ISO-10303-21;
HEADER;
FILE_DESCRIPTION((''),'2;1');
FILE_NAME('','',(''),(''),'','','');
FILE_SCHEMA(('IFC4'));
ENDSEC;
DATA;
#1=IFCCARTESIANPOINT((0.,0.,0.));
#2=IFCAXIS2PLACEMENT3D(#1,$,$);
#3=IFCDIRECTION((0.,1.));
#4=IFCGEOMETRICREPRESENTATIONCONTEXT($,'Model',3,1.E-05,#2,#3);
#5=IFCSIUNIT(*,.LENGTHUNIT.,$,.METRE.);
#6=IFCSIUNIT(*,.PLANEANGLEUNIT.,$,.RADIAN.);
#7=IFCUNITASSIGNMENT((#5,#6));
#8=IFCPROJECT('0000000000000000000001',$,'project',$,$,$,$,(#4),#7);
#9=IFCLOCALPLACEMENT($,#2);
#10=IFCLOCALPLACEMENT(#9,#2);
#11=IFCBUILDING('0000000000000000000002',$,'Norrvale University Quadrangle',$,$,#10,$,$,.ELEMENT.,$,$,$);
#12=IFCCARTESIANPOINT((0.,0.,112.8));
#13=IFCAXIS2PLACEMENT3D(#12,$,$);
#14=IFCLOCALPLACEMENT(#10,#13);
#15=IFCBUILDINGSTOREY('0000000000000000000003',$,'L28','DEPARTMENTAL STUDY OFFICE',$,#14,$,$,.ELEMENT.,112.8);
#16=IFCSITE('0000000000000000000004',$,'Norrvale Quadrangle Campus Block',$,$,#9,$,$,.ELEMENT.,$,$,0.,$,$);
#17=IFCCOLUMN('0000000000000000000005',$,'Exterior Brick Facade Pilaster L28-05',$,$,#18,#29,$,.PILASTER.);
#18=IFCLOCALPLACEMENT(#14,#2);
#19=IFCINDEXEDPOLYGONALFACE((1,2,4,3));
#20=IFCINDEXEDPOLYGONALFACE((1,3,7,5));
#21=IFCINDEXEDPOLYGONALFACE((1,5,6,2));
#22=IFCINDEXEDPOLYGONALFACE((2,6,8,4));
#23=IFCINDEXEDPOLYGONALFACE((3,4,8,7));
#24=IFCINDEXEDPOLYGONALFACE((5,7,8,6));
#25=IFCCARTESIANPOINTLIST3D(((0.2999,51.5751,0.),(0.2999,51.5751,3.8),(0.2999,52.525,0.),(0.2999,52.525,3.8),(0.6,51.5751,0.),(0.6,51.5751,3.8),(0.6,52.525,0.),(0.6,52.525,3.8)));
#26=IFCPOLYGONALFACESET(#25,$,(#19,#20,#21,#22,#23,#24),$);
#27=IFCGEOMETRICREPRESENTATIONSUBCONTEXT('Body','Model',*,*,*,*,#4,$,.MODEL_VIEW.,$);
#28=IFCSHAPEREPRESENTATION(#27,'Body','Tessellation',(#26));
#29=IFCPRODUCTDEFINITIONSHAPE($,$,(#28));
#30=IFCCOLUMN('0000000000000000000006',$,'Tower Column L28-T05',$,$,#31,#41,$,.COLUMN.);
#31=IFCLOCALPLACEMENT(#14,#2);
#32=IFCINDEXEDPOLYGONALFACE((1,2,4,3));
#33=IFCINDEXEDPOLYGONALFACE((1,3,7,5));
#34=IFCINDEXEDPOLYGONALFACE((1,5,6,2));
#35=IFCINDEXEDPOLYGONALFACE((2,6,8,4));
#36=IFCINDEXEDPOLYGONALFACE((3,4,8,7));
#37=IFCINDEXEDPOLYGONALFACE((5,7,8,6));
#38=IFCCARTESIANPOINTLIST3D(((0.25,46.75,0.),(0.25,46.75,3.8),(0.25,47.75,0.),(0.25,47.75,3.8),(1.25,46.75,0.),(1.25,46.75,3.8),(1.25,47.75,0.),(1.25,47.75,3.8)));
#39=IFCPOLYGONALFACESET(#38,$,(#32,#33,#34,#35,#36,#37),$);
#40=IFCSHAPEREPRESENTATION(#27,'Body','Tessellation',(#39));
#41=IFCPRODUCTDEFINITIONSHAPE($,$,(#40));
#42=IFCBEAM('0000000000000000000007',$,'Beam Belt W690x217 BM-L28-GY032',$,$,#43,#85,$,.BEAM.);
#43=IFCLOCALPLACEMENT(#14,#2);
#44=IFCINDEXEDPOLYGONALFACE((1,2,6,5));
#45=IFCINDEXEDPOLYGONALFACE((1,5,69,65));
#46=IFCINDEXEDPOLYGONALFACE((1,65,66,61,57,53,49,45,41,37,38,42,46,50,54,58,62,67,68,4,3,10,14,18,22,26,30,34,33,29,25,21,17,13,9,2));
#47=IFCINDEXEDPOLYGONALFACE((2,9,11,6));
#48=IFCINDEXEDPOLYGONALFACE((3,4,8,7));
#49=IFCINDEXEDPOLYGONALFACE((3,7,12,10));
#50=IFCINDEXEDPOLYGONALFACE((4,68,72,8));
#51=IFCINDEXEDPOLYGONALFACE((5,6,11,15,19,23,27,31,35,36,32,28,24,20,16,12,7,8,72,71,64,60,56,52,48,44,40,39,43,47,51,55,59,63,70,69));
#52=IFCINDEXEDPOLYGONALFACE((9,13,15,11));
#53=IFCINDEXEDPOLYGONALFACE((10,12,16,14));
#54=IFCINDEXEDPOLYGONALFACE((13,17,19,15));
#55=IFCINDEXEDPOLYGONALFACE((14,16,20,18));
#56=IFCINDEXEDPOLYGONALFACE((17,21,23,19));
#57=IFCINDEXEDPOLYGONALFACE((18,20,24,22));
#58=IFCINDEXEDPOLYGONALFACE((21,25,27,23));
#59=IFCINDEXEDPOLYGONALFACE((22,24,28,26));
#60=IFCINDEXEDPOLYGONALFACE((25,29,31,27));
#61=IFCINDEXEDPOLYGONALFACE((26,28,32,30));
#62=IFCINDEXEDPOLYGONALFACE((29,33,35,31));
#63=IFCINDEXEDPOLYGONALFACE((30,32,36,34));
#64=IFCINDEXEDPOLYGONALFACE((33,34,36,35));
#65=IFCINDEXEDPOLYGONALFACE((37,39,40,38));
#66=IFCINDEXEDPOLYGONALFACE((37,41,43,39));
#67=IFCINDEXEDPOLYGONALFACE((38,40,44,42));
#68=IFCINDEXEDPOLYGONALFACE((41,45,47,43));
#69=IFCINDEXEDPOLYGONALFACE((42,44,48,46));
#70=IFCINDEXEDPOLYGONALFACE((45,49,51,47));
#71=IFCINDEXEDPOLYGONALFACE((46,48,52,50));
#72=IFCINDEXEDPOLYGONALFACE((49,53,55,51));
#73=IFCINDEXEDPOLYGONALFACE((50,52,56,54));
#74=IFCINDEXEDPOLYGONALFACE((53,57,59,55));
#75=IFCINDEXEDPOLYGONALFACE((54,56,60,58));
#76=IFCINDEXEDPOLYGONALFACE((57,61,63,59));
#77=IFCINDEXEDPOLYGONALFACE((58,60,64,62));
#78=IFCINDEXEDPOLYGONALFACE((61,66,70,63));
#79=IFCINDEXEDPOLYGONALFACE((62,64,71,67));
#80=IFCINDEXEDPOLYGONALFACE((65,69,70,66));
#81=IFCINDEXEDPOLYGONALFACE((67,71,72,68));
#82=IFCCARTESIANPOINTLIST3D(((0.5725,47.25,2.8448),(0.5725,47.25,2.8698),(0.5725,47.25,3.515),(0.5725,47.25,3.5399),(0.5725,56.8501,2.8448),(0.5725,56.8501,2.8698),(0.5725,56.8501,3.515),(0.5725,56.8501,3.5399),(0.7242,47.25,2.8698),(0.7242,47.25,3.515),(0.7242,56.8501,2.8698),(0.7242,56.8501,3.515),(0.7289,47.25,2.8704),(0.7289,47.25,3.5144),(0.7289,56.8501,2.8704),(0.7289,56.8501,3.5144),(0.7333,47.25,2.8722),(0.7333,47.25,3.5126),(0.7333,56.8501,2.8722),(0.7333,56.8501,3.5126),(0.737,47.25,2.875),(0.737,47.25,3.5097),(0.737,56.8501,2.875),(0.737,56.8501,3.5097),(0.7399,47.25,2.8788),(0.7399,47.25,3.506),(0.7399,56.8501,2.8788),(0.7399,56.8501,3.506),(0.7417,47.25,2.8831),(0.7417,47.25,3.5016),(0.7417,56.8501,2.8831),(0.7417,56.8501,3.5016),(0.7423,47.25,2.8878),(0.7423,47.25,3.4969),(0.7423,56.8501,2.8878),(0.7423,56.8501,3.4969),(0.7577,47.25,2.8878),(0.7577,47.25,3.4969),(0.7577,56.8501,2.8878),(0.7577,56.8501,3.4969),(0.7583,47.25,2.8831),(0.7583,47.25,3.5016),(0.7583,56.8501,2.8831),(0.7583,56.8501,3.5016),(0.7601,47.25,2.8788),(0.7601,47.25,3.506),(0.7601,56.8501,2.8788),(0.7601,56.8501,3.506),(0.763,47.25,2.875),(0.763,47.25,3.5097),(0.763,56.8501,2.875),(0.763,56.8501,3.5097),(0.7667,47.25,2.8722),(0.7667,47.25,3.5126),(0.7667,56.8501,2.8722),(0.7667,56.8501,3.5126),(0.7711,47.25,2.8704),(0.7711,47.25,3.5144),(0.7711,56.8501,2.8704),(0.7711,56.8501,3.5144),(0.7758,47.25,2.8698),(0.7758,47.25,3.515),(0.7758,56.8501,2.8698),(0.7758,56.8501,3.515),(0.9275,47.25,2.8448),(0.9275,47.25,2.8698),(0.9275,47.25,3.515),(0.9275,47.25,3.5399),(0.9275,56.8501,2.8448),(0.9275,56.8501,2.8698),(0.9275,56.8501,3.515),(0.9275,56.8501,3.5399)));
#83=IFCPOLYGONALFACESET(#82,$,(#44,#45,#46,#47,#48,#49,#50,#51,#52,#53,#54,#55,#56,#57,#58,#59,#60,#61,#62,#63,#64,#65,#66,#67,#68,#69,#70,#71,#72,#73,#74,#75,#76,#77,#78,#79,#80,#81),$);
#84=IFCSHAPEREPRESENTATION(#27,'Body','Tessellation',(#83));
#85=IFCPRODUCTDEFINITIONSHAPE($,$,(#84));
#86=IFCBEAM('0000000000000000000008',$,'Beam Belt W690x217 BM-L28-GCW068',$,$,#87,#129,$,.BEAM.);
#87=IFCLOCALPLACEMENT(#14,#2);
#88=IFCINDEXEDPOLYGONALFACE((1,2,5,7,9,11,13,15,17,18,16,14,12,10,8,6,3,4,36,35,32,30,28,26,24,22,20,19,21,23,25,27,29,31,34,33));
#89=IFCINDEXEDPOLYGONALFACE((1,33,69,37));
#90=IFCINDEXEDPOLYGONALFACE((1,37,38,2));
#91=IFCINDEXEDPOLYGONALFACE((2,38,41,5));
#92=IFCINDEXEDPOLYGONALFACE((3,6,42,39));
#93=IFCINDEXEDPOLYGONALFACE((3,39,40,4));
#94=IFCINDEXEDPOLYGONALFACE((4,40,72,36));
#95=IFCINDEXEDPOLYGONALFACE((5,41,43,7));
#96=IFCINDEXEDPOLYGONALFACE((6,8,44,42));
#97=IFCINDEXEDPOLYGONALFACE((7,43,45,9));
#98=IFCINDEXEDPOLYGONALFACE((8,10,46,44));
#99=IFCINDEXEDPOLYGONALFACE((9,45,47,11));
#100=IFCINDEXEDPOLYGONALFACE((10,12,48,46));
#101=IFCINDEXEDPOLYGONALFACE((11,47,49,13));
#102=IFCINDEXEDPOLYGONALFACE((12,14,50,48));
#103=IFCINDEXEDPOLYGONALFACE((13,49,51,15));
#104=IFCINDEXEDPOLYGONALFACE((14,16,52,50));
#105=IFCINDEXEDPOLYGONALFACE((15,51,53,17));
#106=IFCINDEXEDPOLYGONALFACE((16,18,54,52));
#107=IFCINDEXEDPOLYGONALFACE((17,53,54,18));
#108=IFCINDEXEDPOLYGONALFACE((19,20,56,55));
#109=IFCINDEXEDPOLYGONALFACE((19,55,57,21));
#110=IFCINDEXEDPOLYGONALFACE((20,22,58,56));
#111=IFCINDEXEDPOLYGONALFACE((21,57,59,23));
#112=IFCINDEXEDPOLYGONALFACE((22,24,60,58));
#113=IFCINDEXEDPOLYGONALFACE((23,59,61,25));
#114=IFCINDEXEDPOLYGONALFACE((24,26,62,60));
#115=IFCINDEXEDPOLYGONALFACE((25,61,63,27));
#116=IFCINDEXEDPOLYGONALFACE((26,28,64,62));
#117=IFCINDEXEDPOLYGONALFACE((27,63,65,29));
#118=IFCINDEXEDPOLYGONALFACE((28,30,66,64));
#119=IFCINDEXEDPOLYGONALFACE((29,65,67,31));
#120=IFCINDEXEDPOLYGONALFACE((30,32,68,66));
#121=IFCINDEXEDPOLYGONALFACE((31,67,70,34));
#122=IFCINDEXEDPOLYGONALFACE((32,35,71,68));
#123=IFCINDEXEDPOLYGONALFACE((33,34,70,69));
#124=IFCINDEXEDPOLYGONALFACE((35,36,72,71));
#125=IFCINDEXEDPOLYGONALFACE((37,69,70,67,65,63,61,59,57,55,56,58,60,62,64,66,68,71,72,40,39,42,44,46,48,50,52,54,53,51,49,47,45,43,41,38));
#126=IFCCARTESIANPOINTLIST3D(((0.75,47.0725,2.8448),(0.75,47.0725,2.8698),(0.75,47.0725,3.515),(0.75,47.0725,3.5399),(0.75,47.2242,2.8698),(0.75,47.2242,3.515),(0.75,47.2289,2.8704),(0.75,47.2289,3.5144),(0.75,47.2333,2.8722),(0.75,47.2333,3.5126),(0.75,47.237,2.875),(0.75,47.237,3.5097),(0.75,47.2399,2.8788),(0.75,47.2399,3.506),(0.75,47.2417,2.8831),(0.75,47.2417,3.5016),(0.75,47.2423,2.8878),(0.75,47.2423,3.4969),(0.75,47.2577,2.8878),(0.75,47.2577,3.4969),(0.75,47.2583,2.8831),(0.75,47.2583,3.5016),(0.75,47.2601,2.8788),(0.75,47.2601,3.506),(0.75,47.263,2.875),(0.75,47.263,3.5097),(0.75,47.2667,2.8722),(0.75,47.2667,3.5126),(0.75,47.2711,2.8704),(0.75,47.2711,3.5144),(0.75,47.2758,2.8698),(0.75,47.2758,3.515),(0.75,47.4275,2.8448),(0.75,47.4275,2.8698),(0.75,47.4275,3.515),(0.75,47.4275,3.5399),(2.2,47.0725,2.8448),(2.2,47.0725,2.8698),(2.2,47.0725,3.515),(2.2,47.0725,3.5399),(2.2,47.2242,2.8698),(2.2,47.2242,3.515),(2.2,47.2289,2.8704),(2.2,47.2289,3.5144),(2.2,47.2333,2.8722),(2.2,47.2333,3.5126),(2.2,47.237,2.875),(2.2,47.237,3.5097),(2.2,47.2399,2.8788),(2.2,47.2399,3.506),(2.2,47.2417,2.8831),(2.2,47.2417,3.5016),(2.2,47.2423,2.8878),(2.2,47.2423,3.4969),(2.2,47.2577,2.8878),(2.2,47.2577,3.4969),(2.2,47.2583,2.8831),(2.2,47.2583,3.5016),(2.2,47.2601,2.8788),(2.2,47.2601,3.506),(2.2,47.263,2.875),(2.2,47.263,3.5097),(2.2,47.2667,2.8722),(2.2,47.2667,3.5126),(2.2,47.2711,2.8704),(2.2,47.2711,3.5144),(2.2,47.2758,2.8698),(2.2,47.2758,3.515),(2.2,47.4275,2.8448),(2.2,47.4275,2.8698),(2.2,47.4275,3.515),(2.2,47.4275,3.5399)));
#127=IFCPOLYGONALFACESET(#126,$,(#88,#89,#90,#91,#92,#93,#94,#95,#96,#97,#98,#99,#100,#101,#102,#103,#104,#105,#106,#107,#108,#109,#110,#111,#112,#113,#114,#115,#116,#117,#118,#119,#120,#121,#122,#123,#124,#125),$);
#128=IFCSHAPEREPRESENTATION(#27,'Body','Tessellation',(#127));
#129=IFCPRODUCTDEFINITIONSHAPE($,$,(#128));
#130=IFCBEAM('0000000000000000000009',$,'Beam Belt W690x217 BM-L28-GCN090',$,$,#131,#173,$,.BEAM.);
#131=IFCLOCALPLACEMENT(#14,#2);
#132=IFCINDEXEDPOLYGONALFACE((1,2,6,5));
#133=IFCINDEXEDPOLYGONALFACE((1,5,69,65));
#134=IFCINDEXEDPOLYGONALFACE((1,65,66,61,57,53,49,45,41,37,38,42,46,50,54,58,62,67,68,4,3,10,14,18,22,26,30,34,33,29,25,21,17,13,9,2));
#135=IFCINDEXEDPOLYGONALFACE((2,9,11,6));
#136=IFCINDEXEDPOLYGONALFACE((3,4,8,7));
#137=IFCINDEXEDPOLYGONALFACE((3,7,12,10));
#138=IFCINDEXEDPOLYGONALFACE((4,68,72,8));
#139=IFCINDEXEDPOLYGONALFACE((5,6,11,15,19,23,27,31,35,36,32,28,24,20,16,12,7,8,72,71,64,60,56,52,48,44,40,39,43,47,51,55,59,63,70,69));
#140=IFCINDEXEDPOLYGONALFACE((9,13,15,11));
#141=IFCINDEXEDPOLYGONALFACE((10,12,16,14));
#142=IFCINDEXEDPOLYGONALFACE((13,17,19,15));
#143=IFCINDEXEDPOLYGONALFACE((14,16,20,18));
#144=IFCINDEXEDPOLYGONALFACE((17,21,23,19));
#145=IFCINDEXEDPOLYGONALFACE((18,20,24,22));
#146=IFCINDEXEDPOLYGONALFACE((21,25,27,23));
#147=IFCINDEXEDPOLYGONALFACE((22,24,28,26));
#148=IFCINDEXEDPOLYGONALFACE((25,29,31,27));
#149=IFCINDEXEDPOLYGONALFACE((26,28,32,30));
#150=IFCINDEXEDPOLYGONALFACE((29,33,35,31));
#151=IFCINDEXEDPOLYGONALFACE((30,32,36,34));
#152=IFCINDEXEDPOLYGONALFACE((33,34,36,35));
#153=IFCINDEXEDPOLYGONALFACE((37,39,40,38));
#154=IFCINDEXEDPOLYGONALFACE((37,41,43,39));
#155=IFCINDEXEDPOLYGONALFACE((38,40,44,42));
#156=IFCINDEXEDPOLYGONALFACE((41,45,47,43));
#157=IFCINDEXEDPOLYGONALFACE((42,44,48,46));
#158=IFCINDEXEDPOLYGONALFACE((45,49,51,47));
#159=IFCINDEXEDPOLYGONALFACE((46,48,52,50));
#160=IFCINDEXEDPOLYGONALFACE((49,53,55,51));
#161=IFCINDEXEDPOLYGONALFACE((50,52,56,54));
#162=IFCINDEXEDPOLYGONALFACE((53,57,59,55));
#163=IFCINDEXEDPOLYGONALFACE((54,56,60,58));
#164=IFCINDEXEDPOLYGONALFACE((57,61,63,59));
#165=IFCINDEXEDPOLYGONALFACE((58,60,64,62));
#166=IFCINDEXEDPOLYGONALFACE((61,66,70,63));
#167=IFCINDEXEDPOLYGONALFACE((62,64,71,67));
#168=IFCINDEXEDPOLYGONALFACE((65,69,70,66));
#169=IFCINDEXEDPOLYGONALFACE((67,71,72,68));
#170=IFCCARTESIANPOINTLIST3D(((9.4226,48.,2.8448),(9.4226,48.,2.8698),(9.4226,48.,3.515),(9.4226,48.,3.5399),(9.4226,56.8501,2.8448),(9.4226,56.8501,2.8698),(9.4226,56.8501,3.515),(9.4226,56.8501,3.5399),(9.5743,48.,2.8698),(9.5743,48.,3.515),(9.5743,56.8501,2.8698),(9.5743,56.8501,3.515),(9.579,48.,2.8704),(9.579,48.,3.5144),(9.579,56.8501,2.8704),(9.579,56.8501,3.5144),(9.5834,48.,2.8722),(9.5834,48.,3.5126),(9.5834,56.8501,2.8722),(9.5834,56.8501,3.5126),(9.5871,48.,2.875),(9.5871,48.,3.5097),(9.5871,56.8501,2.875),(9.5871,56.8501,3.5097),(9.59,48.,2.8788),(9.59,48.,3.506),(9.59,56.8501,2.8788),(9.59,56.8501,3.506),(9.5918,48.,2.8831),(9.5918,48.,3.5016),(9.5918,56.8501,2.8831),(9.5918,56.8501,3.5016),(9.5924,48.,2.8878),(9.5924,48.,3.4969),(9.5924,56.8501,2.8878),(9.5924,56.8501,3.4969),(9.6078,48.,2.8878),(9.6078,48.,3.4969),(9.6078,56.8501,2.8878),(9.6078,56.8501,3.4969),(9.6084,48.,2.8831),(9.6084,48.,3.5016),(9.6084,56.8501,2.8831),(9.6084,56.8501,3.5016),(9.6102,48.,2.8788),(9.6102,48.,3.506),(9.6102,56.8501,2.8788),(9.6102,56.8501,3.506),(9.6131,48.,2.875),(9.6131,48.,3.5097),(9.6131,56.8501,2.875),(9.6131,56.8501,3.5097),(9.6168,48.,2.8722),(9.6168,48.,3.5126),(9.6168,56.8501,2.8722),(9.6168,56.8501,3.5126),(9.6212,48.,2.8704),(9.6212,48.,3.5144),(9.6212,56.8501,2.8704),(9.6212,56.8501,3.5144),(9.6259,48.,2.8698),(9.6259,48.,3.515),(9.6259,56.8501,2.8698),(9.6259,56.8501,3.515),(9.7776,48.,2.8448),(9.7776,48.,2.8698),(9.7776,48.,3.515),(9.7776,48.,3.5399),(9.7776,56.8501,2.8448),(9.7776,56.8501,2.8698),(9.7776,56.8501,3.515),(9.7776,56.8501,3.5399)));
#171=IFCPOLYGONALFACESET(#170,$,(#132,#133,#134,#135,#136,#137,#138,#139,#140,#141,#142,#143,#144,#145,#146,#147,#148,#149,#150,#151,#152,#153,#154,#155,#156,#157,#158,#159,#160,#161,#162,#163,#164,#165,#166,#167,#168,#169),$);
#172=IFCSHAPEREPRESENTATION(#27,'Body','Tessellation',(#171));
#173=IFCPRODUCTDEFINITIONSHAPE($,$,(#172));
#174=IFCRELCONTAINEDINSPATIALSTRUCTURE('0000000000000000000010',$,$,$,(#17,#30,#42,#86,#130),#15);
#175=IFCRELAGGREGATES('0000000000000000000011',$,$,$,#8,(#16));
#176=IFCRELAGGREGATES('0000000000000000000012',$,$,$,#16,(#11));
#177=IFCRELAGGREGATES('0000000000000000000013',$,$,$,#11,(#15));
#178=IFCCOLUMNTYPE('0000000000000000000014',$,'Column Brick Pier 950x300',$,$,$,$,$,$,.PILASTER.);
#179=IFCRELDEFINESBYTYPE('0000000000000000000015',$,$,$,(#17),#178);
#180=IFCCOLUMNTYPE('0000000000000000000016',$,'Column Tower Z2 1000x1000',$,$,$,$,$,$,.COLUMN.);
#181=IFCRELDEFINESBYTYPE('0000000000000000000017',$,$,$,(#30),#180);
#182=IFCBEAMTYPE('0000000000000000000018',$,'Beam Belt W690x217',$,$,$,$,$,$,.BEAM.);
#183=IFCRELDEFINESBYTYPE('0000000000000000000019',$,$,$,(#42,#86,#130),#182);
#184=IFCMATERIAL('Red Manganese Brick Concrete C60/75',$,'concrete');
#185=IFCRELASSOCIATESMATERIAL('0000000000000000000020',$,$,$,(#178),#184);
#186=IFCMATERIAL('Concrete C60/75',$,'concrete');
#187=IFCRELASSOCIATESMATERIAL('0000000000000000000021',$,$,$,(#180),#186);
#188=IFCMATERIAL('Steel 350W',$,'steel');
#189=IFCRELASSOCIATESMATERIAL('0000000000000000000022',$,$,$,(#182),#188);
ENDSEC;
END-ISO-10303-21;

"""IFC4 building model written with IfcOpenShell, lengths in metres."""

from ifc_helpers import new_model, si_unit, direction, frame, origin, origin_2d, place, context, subcontext, project, spatial, rectangle, i_section, extrude, material, material_profile, profile_set, type_object, element, save


model = new_model("IFC4")

# Units and contexts
model_context = context("Model", 3, precision=1e-05, world=origin(), true_north=direction((0.0, 1.0)))
body_context = subcontext(model_context, "Body", "Model", "MODEL_VIEW")
ifc_project = project(units=[si_unit("LENGTHUNIT", "METRE"), si_unit("PLANEANGLEUNIT", "RADIAN")], contexts=[model_context])

# Site, building, storey
site_placement = place(None, origin())
site = spatial("IfcSite", under=ifc_project, at=site_placement, Name="Norrvale Quadrangle Campus Block", CompositionType="ELEMENT", RefElevation=0.0)
building_placement = place(site_placement, origin())
building = spatial("IfcBuilding", under=site, at=building_placement, Name="Norrvale University Quadrangle", CompositionType="ELEMENT")
storey_placement = place(building_placement, frame((0.0, 0.0, 112.8)))
storey = spatial("IfcBuildingStorey", under=building, at=storey_placement, Name="L28", Description="DEPARTMENTAL STUDY OFFICE", CompositionType="ELEMENT", Elevation=112.8)

# Columns
ifc_material_1 = material(Name="Red Manganese Brick Concrete C60/75", Category="concrete")
ifc_material_profile_1 = material_profile(ifc_material_1, rectangle(XDim=0.95, YDim=0.3, at=origin_2d()), Name="Red Manganese Brick Concrete C60/75")
ifc_profile_set_1 = profile_set([ifc_material_profile_1], Name="Red Manganese Brick Concrete C60/75")
column_type_1 = type_object("IfcColumnType", Name="Column Brick Pier 950x300", PredefinedType="PILASTER", material=ifc_profile_set_1)
column_1_placement = place(storey_placement, frame((0.45, 52.05, 0.0), z_axis=(0.0, 0.0, 1.0), x_axis=(0.0, 1.0, 0.0)))
element("IfcColumn", 1, at=column_1_placement, inside=storey, type_object=column_type_1, Name="Exterior Brick Facade Pilaster L28-05", PredefinedType="PILASTER", context=body_context, shape_type="SweptSolid", body=[
    extrude(rectangle(XDim=0.95, YDim=0.3, at=origin_2d()), origin(), (0.0, 0.0, 1.0), 3.8),
])
ifc_material_2 = material(Name="Concrete C60/75", Category="concrete")
ifc_material_profile_2 = material_profile(ifc_material_2, rectangle(XDim=1.0, YDim=1.0, at=origin_2d()), Name="Concrete C60/75")
ifc_profile_set_2 = profile_set([ifc_material_profile_2], Name="Concrete C60/75")
column_type_2 = type_object("IfcColumnType", Name="Column Tower Z2 1000x1000", PredefinedType="COLUMN", material=ifc_profile_set_2)
column_2_placement = place(storey_placement, frame((0.75, 47.25, 0.0), z_axis=(0.0, 0.0, 1.0), x_axis=(1.0, 0.0, 0.0)))
element("IfcColumn", 2, at=column_2_placement, inside=storey, type_object=column_type_2, Name="Tower Column L28-T05", PredefinedType="COLUMN", context=body_context, shape_type="SweptSolid", body=[
    extrude(rectangle(XDim=1.0, YDim=1.0, at=origin_2d()), origin(), (0.0, 0.0, 1.0), 3.8),
])

# Beams
ifc_material_3 = material(Name="Steel 350W", Category="steel")
ifc_material_profile_3 = material_profile(ifc_material_3, i_section(OverallWidth=0.355, OverallDepth=0.6951, WebThickness=0.0154, FlangeThickness=0.0249, FilletRadius=0.0181, at=origin_2d()), Name="Steel 350W")
ifc_profile_set_3 = profile_set([ifc_material_profile_3], Name="Steel 350W")
beam_type_1 = type_object("IfcBeamType", Name="Beam Belt W690x217", PredefinedType="BEAM", material=ifc_profile_set_3)
beam_1_placement = place(storey_placement, frame((0.75, 47.25, 3.1924), z_axis=(0.0, 1.0, 0.0), x_axis=(-1.0, 0.0, 0.0)))
element("IfcBeam", 3, at=beam_1_placement, inside=storey, type_object=beam_type_1, Name="Beam Belt W690x217 BM-L28-GY032", PredefinedType="BEAM", context=body_context, shape_type="SweptSolid", body=[
    extrude(i_section(OverallWidth=0.355, OverallDepth=0.6951, WebThickness=0.0154, FlangeThickness=0.0249, FilletRadius=0.0181, at=origin_2d()), origin(), (0.0, 0.0, 1.0), 9.6001),
])
beam_2_placement = place(storey_placement, frame((0.75, 47.25, 3.1924), z_axis=(1.0, 0.0, 0.0), x_axis=(0.0, 1.0, 0.0)))
element("IfcBeam", 4, at=beam_2_placement, inside=storey, type_object=beam_type_1, Name="Beam Belt W690x217 BM-L28-GCW068", PredefinedType="BEAM", context=body_context, shape_type="SweptSolid", body=[
    extrude(i_section(OverallWidth=0.355, OverallDepth=0.6951, WebThickness=0.0154, FlangeThickness=0.0249, FilletRadius=0.0181, at=origin_2d()), origin(), (0.0, 0.0, 1.0), 1.45),
])
beam_3_placement = place(storey_placement, frame((9.6001, 48.0, 3.1924), z_axis=(0.0, 1.0, 0.0), x_axis=(-1.0, 0.0, 0.0)))
element("IfcBeam", 5, at=beam_3_placement, inside=storey, type_object=beam_type_1, Name="Beam Belt W690x217 BM-L28-GCN090", PredefinedType="BEAM", context=body_context, shape_type="SweptSolid", body=[
    extrude(i_section(OverallWidth=0.355, OverallDepth=0.6951, WebThickness=0.0154, FlangeThickness=0.0249, FilletRadius=0.0181, at=origin_2d()), origin(), (0.0, 0.0, 1.0), 8.8501),
])

save(model, "model.ifc")
